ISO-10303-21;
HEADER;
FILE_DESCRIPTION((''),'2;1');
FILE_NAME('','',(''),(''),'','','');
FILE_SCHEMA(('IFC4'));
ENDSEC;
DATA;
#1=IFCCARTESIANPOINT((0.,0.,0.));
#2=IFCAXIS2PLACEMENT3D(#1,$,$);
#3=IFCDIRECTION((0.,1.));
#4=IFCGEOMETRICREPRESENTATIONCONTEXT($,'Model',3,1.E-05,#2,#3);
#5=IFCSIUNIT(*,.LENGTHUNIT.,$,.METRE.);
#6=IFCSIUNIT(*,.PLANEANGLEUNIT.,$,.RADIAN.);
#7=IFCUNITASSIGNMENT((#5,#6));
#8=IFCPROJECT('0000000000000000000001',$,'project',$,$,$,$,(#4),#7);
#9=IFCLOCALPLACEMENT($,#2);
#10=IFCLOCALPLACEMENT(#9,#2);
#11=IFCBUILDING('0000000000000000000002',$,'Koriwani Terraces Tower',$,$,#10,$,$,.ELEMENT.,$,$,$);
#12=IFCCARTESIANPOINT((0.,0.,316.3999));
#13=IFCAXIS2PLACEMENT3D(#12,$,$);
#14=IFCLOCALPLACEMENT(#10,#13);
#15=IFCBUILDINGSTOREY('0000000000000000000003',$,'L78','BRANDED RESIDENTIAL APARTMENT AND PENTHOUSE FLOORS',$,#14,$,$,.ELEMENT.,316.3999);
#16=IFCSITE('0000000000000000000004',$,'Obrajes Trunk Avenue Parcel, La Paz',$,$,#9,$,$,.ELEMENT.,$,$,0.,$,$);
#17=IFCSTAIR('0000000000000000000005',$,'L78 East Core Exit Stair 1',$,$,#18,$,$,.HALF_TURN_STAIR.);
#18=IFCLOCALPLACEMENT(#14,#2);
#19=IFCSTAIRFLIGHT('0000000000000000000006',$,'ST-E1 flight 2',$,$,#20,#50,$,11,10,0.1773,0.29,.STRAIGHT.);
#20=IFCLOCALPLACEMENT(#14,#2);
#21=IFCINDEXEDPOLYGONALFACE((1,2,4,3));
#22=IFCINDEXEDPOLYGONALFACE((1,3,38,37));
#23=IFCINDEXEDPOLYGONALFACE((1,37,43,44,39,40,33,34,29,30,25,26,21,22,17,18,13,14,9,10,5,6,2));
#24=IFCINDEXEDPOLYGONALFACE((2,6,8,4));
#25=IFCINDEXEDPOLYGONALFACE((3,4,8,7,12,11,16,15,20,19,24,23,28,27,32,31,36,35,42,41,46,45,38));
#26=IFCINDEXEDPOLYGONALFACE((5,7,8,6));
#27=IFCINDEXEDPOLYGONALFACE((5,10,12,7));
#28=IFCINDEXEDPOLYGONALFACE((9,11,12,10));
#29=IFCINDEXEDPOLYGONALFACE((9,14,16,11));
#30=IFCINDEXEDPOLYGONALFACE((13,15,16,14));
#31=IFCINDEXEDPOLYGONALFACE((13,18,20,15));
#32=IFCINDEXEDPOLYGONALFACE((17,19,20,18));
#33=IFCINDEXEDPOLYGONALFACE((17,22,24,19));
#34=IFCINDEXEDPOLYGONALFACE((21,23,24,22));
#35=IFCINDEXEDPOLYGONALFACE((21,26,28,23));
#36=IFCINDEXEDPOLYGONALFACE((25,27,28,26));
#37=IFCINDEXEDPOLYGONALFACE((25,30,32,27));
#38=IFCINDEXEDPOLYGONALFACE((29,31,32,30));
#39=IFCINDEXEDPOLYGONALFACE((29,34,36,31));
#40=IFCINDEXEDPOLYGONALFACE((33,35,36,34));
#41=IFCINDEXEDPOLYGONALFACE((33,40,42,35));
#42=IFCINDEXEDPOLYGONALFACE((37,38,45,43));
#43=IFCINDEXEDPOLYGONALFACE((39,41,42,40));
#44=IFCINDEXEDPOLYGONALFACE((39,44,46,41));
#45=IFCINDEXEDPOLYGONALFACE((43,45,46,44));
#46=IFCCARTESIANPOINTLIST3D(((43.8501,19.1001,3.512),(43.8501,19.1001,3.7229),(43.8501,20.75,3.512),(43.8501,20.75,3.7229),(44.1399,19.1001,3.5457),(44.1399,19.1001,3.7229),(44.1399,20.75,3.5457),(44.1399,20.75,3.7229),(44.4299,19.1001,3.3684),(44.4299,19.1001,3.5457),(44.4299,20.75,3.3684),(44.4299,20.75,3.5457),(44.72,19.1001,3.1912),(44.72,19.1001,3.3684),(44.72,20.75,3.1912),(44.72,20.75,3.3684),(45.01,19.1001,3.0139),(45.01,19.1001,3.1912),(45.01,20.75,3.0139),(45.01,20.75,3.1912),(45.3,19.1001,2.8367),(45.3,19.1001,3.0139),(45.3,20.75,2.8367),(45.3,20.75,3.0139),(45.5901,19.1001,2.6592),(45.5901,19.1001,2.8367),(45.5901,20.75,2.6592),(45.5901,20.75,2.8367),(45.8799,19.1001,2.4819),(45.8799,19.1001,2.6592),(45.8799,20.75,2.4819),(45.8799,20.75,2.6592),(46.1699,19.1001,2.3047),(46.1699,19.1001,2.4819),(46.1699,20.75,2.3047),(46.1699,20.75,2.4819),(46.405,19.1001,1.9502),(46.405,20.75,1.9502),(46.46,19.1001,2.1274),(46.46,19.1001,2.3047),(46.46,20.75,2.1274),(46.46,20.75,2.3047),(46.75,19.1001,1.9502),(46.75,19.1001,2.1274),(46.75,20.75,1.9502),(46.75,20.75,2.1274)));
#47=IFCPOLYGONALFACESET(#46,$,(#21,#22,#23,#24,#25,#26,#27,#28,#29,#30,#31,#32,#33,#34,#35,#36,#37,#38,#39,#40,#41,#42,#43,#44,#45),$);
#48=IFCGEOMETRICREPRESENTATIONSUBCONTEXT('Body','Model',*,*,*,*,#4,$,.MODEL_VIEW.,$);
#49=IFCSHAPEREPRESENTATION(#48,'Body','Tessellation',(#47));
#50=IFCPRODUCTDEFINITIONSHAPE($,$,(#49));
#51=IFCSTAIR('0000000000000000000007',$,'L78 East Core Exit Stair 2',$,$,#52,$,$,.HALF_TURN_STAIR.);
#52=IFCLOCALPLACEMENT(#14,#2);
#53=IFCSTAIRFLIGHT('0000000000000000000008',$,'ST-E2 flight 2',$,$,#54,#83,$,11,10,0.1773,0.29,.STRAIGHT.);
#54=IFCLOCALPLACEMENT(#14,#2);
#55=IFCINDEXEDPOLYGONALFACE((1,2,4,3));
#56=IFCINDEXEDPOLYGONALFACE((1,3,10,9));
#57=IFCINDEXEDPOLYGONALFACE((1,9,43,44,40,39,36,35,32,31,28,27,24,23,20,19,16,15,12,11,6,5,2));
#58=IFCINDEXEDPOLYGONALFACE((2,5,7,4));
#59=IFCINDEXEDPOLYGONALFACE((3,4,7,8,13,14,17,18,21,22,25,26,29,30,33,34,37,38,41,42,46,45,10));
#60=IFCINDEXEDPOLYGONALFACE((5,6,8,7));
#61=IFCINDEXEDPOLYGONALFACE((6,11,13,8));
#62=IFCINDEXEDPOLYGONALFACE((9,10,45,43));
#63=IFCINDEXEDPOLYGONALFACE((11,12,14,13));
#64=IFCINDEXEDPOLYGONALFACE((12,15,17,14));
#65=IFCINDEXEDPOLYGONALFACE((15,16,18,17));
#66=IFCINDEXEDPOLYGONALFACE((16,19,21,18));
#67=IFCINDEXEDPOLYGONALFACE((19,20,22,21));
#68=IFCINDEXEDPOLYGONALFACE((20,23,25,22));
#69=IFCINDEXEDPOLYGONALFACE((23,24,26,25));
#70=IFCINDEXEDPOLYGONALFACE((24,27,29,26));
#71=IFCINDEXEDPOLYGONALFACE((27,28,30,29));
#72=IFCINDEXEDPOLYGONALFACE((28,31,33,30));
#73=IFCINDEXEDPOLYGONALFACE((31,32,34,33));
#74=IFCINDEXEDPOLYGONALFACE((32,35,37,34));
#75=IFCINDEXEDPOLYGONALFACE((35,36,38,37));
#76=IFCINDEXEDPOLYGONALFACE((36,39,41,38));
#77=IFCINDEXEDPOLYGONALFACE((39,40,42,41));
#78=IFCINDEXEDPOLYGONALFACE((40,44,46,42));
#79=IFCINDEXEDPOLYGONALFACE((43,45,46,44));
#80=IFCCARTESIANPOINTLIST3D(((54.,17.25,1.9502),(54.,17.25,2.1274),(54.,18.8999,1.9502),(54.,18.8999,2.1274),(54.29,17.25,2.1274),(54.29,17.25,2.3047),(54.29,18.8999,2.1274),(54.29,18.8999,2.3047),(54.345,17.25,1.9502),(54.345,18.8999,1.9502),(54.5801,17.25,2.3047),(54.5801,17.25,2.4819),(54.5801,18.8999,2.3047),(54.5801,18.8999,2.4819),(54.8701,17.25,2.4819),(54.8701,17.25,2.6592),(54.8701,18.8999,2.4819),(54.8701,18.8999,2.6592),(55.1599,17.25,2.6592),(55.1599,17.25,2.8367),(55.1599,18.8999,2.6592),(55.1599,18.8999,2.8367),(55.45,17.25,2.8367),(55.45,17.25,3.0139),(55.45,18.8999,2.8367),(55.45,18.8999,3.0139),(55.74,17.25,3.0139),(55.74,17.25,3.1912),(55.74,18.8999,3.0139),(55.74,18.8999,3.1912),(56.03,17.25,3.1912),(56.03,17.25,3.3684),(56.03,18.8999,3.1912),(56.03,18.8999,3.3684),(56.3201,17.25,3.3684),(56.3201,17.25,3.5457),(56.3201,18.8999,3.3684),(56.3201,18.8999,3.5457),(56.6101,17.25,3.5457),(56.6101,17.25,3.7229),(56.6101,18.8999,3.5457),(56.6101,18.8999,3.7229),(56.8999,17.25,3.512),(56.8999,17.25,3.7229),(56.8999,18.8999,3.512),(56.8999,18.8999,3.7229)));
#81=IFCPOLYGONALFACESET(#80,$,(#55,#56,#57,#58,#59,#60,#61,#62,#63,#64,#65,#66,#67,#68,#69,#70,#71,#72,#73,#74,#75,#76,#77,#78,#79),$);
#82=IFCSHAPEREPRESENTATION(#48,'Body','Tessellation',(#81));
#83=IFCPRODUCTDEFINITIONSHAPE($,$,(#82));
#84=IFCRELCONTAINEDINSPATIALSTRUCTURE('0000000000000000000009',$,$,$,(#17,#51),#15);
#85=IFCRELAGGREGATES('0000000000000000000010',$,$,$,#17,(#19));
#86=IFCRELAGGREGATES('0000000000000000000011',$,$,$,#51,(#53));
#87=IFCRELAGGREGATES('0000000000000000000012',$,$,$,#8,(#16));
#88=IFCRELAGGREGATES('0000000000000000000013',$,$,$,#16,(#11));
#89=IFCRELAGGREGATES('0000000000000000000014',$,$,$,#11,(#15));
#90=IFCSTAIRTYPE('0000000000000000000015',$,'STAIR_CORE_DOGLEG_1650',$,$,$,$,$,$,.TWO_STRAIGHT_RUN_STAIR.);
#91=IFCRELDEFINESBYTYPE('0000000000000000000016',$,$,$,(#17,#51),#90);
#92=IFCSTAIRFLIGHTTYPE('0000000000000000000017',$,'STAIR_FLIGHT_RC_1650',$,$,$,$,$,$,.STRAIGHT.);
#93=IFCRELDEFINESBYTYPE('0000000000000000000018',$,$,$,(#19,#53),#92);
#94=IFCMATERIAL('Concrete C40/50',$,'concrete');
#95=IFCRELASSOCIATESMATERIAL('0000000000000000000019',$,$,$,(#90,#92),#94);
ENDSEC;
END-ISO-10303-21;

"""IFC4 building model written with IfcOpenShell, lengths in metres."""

from ifc_helpers import new_model, si_unit, direction, frame, origin, place, context, subcontext, project, spatial, polyline, outline, extrude, material, type_object, element, aggregate, save


model = new_model("IFC4")

# Units and contexts
model_context = context("Model", 3, precision=1e-05, world=origin(), true_north=direction((0.0, 1.0)))
body_context = subcontext(model_context, "Body", "Model", "MODEL_VIEW")
ifc_project = project(units=[si_unit("LENGTHUNIT", "METRE"), si_unit("PLANEANGLEUNIT", "RADIAN")], contexts=[model_context])

# Site, building, storey
site_placement = place(None, origin())
site = spatial("IfcSite", under=ifc_project, at=site_placement, Name="Obrajes Trunk Avenue Parcel, La Paz", CompositionType="ELEMENT", RefElevation=0.0)
building_placement = place(site_placement, origin())
building = spatial("IfcBuilding", under=site, at=building_placement, Name="Koriwani Terraces Tower", CompositionType="ELEMENT")
storey_placement = place(building_placement, frame((0.0, 0.0, 316.3999)))
storey = spatial("IfcBuildingStorey", under=building, at=storey_placement, Name="L78", Description="BRANDED RESIDENTIAL APARTMENT AND PENTHOUSE FLOORS", CompositionType="ELEMENT", Elevation=316.3999)

# Shared definitions
ifc_material_1 = material(Name="Concrete C40/50", Category="concrete")

# Stair, stair flight
stair_type = type_object("IfcStairType", Name="STAIR_CORE_DOGLEG_1650", PredefinedType="TWO_STRAIGHT_RUN_STAIR", material=ifc_material_1)
stair_1_placement = place(storey_placement, origin())
stair_1 = element("IfcStair", 1, at=stair_1_placement, inside=storey, type_object=stair_type, Name="L78 East Core Exit Stair 1", PredefinedType="HALF_TURN_STAIR")
stair_flight_type = type_object("IfcStairFlightType", Name="STAIR_FLIGHT_RC_1650", PredefinedType="STRAIGHT", material=ifc_material_1)
stair_flight_1_placement = place(storey_placement, frame((46.75, 19.925, 1.9502), z_axis=(0.0, 0.0, 1.0), x_axis=(-1.0, 0.0, 0.0)))
stair_flight_1 = element("IfcStairFlight", 2, at=stair_flight_1_placement, type_object=stair_flight_type, Name="ST-E1 flight 2", NumberOfRisers=11, NumberOfTreads=10, PredefinedType="STRAIGHT", RiserHeight=0.1773, TreadLength=0.29, context=body_context, shape_type="SweptSolid", body=[
    extrude(outline(polyline([(0.0, 0.0), (0.0, 0.1772), (0.29, 0.1772), (0.29, 0.3545), (0.5801, 0.3545), (0.5801, 0.5317), (0.8701, 0.5317), (0.8701, 0.709), (1.1599, 0.709), (1.1599, 0.8865), (1.45, 0.8865), (1.45, 1.0637), (1.74, 1.0637), (1.74, 1.241), (2.03, 1.241), (2.03, 1.4182), (2.3201, 1.4182), (2.3201, 1.5955), (2.6101, 1.5955), (2.6101, 1.7727), (2.8999, 1.7727), (2.8999, 1.95), (2.8999, 1.5618), (0.345, 0.0), (0.0, 0.0)])), frame((0.0, 0.825, 0.0), z_axis=(0.0, -1.0, 0.0), x_axis=(1.0, 0.0, 0.0)), (0.0, 0.0, 1.0), 1.6499),
])
aggregate(stair_1, [stair_flight_1])

# Stair, stair flight
stair_2_placement = place(storey_placement, origin())
stair_2 = element("IfcStair", 3, at=stair_2_placement, inside=storey, type_object=stair_type, Name="L78 East Core Exit Stair 2", PredefinedType="HALF_TURN_STAIR")
stair_flight_2_placement = place(storey_placement, frame((54.0, 18.075, 1.9502), z_axis=(0.0, 0.0, 1.0), x_axis=(1.0, 0.0, 0.0)))
stair_flight_2 = element("IfcStairFlight", 4, at=stair_flight_2_placement, type_object=stair_flight_type, Name="ST-E2 flight 2", NumberOfRisers=11, NumberOfTreads=10, PredefinedType="STRAIGHT", RiserHeight=0.1773, TreadLength=0.29, context=body_context, shape_type="SweptSolid", body=[
    extrude(outline(polyline([(0.0, 0.0), (0.0, 0.1772), (0.29, 0.1772), (0.29, 0.3545), (0.5801, 0.3545), (0.5801, 0.5317), (0.8701, 0.5317), (0.8701, 0.709), (1.1599, 0.709), (1.1599, 0.8865), (1.45, 0.8865), (1.45, 1.0637), (1.74, 1.0637), (1.74, 1.241), (2.03, 1.241), (2.03, 1.4182), (2.3201, 1.4182), (2.3201, 1.5955), (2.6101, 1.5955), (2.6101, 1.7727), (2.8999, 1.7727), (2.8999, 1.95), (2.8999, 1.5618), (0.345, 0.0), (0.0, 0.0)])), frame((0.0, 0.825, 0.0), z_axis=(0.0, -1.0, 0.0), x_axis=(1.0, 0.0, 0.0)), (0.0, 0.0, 1.0), 1.6499),
])
aggregate(stair_2, [stair_flight_2])

save(model, "model.ifc")
